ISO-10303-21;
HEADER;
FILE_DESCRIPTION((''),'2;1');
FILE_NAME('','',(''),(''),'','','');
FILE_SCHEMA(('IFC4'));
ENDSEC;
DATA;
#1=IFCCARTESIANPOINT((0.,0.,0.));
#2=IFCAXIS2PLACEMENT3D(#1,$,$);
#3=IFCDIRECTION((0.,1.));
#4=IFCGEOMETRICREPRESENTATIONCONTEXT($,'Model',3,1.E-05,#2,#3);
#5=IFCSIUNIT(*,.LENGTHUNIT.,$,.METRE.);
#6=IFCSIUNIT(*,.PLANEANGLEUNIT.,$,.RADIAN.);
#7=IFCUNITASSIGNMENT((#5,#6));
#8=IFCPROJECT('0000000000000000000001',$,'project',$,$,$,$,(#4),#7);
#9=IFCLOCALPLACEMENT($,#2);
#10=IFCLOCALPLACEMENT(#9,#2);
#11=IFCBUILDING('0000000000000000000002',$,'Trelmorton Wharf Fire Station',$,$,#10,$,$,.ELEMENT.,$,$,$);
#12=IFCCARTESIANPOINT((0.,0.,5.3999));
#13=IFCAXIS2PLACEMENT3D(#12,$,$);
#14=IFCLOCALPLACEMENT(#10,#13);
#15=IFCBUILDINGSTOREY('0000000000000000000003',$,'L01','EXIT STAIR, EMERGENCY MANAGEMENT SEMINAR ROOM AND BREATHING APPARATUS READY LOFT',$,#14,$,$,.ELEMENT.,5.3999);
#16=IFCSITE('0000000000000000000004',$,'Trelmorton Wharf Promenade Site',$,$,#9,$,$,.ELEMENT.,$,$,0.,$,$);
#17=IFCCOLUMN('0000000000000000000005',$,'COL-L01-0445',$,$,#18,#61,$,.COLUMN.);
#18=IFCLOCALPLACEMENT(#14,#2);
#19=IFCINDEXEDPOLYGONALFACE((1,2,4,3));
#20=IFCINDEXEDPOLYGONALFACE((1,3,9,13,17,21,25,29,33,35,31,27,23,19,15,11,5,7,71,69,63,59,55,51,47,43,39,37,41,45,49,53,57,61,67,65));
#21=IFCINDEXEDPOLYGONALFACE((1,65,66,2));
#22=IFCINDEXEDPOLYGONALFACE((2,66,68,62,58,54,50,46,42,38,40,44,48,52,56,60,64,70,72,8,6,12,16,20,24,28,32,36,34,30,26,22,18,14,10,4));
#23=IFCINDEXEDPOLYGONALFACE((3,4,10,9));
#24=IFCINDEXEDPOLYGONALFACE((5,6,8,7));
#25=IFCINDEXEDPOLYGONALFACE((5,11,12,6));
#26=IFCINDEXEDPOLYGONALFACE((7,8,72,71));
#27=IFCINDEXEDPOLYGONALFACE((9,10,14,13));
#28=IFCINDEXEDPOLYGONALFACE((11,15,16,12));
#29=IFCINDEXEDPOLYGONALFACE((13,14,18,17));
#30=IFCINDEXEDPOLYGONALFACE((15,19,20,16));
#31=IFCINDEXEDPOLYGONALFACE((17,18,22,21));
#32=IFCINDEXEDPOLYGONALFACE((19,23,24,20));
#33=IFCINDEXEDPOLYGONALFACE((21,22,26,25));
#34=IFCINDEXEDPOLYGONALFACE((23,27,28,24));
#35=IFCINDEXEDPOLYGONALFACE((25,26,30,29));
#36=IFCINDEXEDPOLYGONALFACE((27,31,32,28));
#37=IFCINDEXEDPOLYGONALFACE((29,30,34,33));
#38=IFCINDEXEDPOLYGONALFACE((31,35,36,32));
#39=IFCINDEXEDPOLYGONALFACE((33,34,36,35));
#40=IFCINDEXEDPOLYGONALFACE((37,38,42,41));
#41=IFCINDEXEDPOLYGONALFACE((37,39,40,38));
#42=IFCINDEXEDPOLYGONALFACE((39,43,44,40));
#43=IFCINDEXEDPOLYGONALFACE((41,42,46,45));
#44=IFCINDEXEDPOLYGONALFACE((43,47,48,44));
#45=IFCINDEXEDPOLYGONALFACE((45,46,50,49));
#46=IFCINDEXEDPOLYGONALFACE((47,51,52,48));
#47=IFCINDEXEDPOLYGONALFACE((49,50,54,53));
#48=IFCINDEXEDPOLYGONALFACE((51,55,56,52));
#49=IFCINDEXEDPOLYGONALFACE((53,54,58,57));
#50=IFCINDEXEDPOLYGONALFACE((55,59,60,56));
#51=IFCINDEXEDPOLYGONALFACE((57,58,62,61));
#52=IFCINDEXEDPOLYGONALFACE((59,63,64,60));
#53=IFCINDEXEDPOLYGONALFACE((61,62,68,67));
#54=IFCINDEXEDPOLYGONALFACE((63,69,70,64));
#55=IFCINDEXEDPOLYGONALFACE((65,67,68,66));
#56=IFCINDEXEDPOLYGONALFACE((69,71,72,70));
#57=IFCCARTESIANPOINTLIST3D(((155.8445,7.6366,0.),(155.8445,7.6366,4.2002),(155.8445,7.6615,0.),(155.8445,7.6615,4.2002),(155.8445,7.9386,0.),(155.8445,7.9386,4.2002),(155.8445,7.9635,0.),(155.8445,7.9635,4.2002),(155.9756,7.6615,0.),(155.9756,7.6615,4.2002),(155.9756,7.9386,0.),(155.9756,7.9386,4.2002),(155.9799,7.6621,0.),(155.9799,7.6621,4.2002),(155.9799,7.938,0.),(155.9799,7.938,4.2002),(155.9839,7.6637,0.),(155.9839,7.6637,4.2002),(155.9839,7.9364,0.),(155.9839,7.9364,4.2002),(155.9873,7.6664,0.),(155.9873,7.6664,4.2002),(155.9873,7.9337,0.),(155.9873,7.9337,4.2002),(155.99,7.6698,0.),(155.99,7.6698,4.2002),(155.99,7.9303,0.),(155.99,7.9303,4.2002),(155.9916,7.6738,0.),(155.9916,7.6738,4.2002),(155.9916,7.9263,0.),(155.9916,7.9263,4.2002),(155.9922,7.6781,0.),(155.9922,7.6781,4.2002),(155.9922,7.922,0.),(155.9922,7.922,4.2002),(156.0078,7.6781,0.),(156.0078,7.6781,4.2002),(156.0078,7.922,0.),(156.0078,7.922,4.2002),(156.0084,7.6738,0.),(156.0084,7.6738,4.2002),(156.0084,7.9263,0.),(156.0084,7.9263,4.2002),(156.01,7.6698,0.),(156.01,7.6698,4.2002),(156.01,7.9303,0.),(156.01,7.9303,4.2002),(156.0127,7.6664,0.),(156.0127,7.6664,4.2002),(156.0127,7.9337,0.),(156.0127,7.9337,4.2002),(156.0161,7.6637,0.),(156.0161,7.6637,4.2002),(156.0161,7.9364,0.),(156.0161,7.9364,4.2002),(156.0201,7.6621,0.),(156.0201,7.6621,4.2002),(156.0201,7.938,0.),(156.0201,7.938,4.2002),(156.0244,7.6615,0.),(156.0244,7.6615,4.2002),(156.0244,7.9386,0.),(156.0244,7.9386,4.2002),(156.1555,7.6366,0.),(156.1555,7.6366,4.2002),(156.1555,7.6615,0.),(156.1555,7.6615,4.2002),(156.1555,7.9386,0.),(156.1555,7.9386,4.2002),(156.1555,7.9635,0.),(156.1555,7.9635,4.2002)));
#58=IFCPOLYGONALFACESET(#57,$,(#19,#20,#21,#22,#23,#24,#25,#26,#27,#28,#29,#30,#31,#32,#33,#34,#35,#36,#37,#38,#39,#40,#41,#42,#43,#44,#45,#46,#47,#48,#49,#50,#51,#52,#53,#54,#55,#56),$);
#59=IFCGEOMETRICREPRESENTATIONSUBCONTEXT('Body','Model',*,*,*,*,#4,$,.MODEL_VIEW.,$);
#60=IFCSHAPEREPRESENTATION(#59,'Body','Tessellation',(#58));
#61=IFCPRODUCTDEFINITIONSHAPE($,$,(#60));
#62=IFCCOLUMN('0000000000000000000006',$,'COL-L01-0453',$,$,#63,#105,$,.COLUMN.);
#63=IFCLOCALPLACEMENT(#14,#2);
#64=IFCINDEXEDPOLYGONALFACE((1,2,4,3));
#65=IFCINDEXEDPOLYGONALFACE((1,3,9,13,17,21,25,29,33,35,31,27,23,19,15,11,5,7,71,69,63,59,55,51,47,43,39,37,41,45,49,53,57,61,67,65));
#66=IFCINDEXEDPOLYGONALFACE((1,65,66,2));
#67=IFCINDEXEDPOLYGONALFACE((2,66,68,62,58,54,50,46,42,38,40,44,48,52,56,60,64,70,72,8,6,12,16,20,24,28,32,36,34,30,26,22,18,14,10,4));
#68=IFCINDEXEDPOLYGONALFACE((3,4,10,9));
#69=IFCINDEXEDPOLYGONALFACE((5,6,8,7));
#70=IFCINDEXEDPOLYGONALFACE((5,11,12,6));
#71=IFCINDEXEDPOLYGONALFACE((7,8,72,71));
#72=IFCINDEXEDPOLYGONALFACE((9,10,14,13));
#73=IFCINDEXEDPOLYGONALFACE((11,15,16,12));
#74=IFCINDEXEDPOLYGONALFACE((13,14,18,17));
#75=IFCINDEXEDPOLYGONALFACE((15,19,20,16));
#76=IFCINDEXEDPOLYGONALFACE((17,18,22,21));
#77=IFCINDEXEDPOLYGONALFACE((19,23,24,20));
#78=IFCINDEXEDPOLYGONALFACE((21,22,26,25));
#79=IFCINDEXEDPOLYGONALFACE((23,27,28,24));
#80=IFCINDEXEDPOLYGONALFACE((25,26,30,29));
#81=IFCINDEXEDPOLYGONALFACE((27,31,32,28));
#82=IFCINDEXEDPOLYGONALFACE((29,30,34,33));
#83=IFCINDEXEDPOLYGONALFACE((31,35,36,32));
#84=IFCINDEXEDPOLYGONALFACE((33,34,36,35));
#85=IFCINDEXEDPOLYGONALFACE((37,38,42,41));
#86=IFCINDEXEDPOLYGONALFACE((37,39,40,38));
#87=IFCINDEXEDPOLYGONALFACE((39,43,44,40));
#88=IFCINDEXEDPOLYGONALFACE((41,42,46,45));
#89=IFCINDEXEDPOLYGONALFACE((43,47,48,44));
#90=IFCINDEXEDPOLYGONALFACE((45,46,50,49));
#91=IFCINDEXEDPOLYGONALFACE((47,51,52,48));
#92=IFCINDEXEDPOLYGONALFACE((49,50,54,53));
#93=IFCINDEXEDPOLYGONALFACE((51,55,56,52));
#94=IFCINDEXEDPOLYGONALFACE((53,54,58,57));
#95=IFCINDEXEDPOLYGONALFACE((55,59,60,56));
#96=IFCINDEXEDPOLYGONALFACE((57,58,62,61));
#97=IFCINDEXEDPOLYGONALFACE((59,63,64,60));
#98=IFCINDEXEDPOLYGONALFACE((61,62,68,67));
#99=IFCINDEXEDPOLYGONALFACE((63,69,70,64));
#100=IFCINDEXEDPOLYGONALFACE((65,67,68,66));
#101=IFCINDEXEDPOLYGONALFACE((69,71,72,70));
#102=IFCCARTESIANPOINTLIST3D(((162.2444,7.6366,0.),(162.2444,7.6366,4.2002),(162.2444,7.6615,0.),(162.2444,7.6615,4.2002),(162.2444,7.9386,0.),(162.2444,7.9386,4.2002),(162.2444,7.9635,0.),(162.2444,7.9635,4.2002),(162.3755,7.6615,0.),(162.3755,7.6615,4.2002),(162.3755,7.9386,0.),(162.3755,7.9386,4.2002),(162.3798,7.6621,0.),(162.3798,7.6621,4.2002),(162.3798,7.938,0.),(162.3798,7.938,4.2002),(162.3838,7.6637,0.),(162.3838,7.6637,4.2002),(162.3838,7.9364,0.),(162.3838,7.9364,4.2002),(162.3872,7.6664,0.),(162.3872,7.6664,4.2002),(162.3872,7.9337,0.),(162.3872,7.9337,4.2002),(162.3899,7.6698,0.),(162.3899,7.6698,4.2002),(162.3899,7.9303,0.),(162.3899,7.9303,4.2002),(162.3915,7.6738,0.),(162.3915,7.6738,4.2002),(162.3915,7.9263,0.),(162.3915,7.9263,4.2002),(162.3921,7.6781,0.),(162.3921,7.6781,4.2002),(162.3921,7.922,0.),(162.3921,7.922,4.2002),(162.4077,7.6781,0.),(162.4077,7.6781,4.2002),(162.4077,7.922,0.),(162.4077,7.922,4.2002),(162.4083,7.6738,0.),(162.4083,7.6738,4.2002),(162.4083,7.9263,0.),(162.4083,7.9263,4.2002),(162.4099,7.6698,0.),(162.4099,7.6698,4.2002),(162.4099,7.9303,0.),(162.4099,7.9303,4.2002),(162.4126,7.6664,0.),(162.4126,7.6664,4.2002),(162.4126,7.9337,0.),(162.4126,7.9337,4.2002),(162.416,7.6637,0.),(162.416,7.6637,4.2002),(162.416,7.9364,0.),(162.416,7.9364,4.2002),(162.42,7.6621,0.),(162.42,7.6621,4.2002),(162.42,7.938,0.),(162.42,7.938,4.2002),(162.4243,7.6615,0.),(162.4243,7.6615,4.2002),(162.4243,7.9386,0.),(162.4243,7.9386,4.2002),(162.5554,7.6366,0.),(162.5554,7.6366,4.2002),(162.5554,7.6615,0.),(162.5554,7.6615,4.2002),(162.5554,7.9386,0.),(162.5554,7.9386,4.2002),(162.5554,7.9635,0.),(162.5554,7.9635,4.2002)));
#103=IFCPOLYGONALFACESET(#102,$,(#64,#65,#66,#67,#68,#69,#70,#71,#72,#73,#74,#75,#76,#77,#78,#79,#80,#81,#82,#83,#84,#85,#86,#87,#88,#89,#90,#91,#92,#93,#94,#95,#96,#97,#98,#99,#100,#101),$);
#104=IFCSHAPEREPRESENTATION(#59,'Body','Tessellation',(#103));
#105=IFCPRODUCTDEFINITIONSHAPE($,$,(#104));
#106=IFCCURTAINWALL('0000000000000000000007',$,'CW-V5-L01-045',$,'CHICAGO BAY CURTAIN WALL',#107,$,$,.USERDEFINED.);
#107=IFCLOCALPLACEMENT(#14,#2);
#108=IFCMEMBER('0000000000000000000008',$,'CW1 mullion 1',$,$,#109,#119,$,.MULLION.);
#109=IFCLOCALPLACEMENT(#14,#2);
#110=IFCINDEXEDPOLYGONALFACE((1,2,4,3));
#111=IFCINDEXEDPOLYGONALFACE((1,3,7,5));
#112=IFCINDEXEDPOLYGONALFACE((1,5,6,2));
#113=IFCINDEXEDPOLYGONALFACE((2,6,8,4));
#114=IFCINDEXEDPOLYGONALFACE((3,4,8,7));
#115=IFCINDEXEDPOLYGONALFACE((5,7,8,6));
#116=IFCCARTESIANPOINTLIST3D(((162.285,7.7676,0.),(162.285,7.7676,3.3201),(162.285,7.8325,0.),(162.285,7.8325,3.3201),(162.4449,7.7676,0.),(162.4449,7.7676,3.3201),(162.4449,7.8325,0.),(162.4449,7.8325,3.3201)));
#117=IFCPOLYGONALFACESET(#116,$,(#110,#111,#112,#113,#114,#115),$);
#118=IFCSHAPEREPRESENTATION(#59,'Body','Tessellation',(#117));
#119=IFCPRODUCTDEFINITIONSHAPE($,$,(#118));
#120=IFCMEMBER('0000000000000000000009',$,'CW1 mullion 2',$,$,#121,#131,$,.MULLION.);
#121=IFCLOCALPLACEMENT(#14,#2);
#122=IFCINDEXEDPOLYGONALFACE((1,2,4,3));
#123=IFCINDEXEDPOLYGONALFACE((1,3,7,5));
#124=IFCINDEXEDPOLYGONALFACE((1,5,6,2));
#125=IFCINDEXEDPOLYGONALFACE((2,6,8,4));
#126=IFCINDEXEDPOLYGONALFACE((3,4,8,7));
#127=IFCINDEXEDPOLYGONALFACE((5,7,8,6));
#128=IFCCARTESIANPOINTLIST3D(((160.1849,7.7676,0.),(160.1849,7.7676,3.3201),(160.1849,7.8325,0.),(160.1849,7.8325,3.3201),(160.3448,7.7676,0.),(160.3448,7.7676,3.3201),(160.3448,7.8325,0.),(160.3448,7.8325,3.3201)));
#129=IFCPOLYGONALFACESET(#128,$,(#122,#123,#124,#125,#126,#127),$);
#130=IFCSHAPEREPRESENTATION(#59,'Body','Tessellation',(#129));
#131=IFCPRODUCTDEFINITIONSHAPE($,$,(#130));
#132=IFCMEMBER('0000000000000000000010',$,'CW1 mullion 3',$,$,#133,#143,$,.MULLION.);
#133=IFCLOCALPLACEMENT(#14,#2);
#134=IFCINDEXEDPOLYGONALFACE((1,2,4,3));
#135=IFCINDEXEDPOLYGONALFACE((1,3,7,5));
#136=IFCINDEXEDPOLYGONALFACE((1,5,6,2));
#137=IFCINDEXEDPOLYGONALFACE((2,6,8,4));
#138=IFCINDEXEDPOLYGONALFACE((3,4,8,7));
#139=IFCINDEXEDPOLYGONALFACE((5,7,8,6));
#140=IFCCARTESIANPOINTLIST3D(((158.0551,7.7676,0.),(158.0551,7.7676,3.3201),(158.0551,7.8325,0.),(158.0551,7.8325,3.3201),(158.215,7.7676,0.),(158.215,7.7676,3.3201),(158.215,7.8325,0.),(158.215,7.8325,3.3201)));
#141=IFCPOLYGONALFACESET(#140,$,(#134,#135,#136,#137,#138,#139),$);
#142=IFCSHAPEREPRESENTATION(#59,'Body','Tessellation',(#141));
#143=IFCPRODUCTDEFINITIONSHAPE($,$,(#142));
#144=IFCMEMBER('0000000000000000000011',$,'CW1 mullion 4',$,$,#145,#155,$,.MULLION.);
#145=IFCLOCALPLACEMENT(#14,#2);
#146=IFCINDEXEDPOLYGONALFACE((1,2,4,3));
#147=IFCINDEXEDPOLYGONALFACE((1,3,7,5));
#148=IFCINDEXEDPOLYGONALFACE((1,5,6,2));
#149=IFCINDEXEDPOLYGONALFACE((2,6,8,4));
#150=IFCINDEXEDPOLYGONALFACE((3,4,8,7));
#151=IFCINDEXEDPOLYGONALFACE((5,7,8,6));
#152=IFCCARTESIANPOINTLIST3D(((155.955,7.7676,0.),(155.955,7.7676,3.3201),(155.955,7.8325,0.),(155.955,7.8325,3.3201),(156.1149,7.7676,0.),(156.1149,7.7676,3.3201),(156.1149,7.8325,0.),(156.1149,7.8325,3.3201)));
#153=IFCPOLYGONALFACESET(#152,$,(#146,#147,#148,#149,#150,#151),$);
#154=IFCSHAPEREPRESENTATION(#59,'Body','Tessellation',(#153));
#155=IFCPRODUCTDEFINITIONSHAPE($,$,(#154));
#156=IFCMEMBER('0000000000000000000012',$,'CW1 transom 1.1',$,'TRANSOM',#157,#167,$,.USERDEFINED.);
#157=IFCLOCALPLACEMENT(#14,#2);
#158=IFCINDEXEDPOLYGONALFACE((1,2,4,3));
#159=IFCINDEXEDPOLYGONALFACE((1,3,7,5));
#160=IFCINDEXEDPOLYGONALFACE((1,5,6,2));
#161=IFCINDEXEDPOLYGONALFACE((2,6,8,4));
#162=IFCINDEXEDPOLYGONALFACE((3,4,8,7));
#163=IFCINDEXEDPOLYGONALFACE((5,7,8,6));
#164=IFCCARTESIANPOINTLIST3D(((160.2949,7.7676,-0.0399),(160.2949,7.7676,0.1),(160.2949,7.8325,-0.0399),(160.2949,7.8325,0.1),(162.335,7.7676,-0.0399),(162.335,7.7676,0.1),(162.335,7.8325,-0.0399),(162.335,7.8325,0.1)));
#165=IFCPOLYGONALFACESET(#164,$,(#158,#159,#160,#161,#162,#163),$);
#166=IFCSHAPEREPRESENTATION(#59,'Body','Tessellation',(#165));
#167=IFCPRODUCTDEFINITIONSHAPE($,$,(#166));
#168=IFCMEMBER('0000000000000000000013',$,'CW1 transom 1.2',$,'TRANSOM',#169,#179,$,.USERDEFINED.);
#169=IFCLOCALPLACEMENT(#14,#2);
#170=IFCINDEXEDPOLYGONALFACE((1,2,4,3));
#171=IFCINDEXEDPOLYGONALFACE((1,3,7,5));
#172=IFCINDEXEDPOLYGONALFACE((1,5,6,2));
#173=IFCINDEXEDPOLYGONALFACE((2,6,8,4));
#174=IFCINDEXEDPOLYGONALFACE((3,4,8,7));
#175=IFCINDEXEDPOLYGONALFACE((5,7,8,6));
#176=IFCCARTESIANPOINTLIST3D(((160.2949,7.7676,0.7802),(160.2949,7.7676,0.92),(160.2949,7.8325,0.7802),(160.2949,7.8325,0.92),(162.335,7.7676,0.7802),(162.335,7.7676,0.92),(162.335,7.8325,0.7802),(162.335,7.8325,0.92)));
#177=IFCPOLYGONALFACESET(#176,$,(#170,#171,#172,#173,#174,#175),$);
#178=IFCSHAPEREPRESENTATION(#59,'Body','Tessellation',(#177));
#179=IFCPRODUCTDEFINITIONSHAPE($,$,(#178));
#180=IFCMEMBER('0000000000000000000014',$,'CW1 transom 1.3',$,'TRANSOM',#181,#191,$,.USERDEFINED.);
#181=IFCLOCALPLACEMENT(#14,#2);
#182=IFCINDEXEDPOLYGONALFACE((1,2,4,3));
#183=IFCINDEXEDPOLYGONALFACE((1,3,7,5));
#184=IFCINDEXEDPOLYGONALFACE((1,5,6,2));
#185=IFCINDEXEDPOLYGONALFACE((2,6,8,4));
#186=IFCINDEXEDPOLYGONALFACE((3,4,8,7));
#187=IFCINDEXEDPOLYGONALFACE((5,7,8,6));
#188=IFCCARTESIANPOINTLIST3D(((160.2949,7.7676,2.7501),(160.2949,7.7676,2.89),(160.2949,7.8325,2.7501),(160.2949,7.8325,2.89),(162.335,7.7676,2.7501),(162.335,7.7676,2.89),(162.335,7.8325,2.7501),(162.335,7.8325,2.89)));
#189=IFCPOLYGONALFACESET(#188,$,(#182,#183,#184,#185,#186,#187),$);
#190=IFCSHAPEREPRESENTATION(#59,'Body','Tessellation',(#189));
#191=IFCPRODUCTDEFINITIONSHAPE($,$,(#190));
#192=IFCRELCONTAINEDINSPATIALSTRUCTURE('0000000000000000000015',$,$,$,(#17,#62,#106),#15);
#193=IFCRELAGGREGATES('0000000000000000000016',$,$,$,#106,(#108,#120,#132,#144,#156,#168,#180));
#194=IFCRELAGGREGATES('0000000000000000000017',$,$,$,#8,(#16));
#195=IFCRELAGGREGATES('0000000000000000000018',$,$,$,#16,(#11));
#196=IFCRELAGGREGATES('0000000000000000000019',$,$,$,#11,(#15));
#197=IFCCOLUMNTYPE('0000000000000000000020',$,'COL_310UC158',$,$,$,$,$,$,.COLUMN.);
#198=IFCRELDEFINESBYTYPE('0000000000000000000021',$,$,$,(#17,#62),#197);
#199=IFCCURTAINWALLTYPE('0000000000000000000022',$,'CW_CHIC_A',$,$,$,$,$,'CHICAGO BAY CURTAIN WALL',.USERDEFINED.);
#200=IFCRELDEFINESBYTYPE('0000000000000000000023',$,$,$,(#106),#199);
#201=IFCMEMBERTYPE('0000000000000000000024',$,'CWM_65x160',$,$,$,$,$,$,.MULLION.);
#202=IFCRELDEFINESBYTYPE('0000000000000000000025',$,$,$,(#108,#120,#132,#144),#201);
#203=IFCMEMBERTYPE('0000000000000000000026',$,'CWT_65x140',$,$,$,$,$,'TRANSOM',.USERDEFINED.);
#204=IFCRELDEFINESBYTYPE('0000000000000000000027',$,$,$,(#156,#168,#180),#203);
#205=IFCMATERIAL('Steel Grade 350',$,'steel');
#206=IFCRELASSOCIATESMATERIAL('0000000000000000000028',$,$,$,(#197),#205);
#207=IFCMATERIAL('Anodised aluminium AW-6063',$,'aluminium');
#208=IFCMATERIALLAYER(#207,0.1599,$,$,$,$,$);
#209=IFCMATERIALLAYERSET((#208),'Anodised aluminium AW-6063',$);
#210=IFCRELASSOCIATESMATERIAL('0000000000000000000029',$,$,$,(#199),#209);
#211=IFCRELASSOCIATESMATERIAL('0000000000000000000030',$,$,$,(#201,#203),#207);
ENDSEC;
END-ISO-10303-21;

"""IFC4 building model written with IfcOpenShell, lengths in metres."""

from ifc_helpers import new_model, si_unit, direction, frame, origin, origin_2d, place, context, subcontext, project, spatial, rectangle, i_section, extrude, material, layer, layer_set, material_profile, profile_set, type_object, element, aggregate, save


model = new_model("IFC4")

# Units and contexts
model_context = context("Model", 3, precision=1e-05, world=origin(), true_north=direction((0.0, 1.0)))
body_context = subcontext(model_context, "Body", "Model", "MODEL_VIEW")
ifc_project = project(units=[si_unit("LENGTHUNIT", "METRE"), si_unit("PLANEANGLEUNIT", "RADIAN")], contexts=[model_context])

# Site, building, storey
site_placement = place(None, origin())
site = spatial("IfcSite", under=ifc_project, at=site_placement, Name="Trelmorton Wharf Promenade Site", CompositionType="ELEMENT", RefElevation=0.0)
building_placement = place(site_placement, origin())
building = spatial("IfcBuilding", under=site, at=building_placement, Name="Trelmorton Wharf Fire Station", CompositionType="ELEMENT")
storey_placement = place(building_placement, frame((0.0, 0.0, 5.3999)))
storey = spatial("IfcBuildingStorey", under=building, at=storey_placement, Name="L01", Description="EXIT STAIR, EMERGENCY MANAGEMENT SEMINAR ROOM AND BREATHING APPARATUS READY LOFT", CompositionType="ELEMENT", Elevation=5.3999)

# Columns
ifc_material_1 = material(Name="Steel Grade 350", Category="steel")
ifc_material_profile_1 = material_profile(ifc_material_1, i_section(OverallWidth=0.311, OverallDepth=0.3269, WebThickness=0.0156, FlangeThickness=0.0249, FilletRadius=0.0166, at=origin_2d()), Name="310UC158")
ifc_profile_set_1 = profile_set([ifc_material_profile_1], Name="Steel Grade 350")
column_type = type_object("IfcColumnType", Name="COL_310UC158", PredefinedType="COLUMN", material=ifc_profile_set_1)
for number, where, z_axis, x_axis, name in (
    (1, (156.0, 7.8, 0.0), (0.0, 0.0, 1.0), (1.0, 0.0, 0.0), "COL-L01-0445"),
    (2, (162.3999, 7.8, 0.0), (0.0, 0.0, 1.0), (1.0, 0.0, 0.0), "COL-L01-0453"),
):
    element("IfcColumn", number, at=place(storey_placement, frame(where, z_axis=z_axis, x_axis=x_axis)), inside=storey, type_object=column_type, Name=name, PredefinedType="COLUMN", context=body_context, shape_type="SweptSolid", body=[
        extrude(i_section(OverallWidth=0.311, OverallDepth=0.3269, WebThickness=0.0156, FlangeThickness=0.0249, FilletRadius=0.0166, at=origin_2d()), origin(), (0.0, 0.0, 1.0), 4.2002),
    ])

# Curtain wall, members
ifc_material_2 = material(Name="Anodised aluminium AW-6063", Category="aluminium")
ifc_layer_1 = layer(ifc_material_2, 0.1599)
ifc_layer_set_1 = layer_set([ifc_layer_1], Name="Anodised aluminium AW-6063")
curtain_wall_type = type_object("IfcCurtainWallType", Name="CW_CHIC_A", ElementType="CHICAGO BAY CURTAIN WALL", PredefinedType="USERDEFINED", material=ifc_layer_set_1)
curtain_wall_placement = place(storey_placement, origin())
curtain_wall = element("IfcCurtainWall", 3, at=curtain_wall_placement, inside=storey, type_object=curtain_wall_type, Name="CW-V5-L01-045", ObjectType="CHICAGO BAY CURTAIN WALL", PredefinedType="USERDEFINED")
ifc_material_profile_2 = material_profile(ifc_material_2, rectangle(XDim=0.0649, YDim=0.1599, at=origin_2d()), Name="ALU-65x160")
ifc_profile_set_2 = profile_set([ifc_material_profile_2], Name="Anodised aluminium AW-6063")
member_type_1 = type_object("IfcMemberType", Name="CWM_65x160", PredefinedType="MULLION", material=ifc_profile_set_2)
member_1_placement = place(storey_placement, frame((162.365, 7.8, 0.0), z_axis=(0.0, 0.0, 1.0), x_axis=(0.0, -1.0, 0.0)))
member_1 = element("IfcMember", 4, at=member_1_placement, type_object=member_type_1, Name="CW1 mullion 1", PredefinedType="MULLION", context=body_context, shape_type="SweptSolid", body=[
    extrude(rectangle(XDim=0.0649, YDim=0.1599, at=origin_2d()), origin(), (0.0, 0.0, 1.0), 3.3201),
])
member_2_placement = place(storey_placement, frame((160.2649, 7.8, 0.0), z_axis=(0.0, 0.0, 1.0), x_axis=(0.0, -1.0, 0.0)))
member_2 = element("IfcMember", 5, at=member_2_placement, type_object=member_type_1, Name="CW1 mullion 2", PredefinedType="MULLION", context=body_context, shape_type="SweptSolid", body=[
    extrude(rectangle(XDim=0.0649, YDim=0.1599, at=origin_2d()), origin(), (0.0, 0.0, 1.0), 3.3201),
])
member_3_placement = place(storey_placement, frame((158.135, 7.8, 0.0), z_axis=(0.0, 0.0, 1.0), x_axis=(0.0, -1.0, 0.0)))
member_3 = element("IfcMember", 6, at=member_3_placement, type_object=member_type_1, Name="CW1 mullion 3", PredefinedType="MULLION", context=body_context, shape_type="SweptSolid", body=[
    extrude(rectangle(XDim=0.0649, YDim=0.1599, at=origin_2d()), origin(), (0.0, 0.0, 1.0), 3.3201),
])
member_4_placement = place(storey_placement, frame((156.0349, 7.8, 0.0), z_axis=(0.0, 0.0, 1.0), x_axis=(0.0, -1.0, 0.0)))
member_4 = element("IfcMember", 7, at=member_4_placement, type_object=member_type_1, Name="CW1 mullion 4", PredefinedType="MULLION", context=body_context, shape_type="SweptSolid", body=[
    extrude(rectangle(XDim=0.0649, YDim=0.1599, at=origin_2d()), origin(), (0.0, 0.0, 1.0), 3.3201),
])
ifc_material_profile_3 = material_profile(ifc_material_2, rectangle(XDim=0.0649, YDim=0.1399, at=origin_2d()), Name="ALU-65x140")
ifc_profile_set_3 = profile_set([ifc_material_profile_3], Name="Anodised aluminium AW-6063")
member_type_2 = type_object("IfcMemberType", Name="CWT_65x140", ElementType="TRANSOM", PredefinedType="USERDEFINED", material=ifc_profile_set_3)
member_5_placement = place(storey_placement, frame((162.335, 7.8, 0.03), z_axis=(-1.0, 0.0, 0.0), x_axis=(0.0, -1.0, 0.0)))
member_5 = element("IfcMember", 8, at=member_5_placement, type_object=member_type_2, Name="CW1 transom 1.1", ObjectType="TRANSOM", PredefinedType="USERDEFINED", context=body_context, shape_type="SweptSolid", body=[
    extrude(rectangle(XDim=0.0649, YDim=0.1399, at=origin_2d()), origin(), (0.0, 0.0, 1.0), 2.04),
])
member_6_placement = place(storey_placement, frame((162.335, 7.8, 0.8501), z_axis=(-1.0, 0.0, 0.0), x_axis=(0.0, -1.0, 0.0)))
member_6 = element("IfcMember", 9, at=member_6_placement, type_object=member_type_2, Name="CW1 transom 1.2", ObjectType="TRANSOM", PredefinedType="USERDEFINED", context=body_context, shape_type="SweptSolid", body=[
    extrude(rectangle(XDim=0.0649, YDim=0.1399, at=origin_2d()), origin(), (0.0, 0.0, 1.0), 2.04),
])
member_7_placement = place(storey_placement, frame((162.335, 7.8, 2.8201), z_axis=(-1.0, 0.0, 0.0), x_axis=(0.0, -1.0, 0.0)))
member_7 = element("IfcMember", 10, at=member_7_placement, type_object=member_type_2, Name="CW1 transom 1.3", ObjectType="TRANSOM", PredefinedType="USERDEFINED", context=body_context, shape_type="SweptSolid", body=[
    extrude(rectangle(XDim=0.0649, YDim=0.1399, at=origin_2d()), origin(), (0.0, 0.0, 1.0), 2.04),
])

aggregate(curtain_wall, [member_1, member_2, member_3, member_4, member_5, member_6, member_7])

save(model, "model.ifc")
